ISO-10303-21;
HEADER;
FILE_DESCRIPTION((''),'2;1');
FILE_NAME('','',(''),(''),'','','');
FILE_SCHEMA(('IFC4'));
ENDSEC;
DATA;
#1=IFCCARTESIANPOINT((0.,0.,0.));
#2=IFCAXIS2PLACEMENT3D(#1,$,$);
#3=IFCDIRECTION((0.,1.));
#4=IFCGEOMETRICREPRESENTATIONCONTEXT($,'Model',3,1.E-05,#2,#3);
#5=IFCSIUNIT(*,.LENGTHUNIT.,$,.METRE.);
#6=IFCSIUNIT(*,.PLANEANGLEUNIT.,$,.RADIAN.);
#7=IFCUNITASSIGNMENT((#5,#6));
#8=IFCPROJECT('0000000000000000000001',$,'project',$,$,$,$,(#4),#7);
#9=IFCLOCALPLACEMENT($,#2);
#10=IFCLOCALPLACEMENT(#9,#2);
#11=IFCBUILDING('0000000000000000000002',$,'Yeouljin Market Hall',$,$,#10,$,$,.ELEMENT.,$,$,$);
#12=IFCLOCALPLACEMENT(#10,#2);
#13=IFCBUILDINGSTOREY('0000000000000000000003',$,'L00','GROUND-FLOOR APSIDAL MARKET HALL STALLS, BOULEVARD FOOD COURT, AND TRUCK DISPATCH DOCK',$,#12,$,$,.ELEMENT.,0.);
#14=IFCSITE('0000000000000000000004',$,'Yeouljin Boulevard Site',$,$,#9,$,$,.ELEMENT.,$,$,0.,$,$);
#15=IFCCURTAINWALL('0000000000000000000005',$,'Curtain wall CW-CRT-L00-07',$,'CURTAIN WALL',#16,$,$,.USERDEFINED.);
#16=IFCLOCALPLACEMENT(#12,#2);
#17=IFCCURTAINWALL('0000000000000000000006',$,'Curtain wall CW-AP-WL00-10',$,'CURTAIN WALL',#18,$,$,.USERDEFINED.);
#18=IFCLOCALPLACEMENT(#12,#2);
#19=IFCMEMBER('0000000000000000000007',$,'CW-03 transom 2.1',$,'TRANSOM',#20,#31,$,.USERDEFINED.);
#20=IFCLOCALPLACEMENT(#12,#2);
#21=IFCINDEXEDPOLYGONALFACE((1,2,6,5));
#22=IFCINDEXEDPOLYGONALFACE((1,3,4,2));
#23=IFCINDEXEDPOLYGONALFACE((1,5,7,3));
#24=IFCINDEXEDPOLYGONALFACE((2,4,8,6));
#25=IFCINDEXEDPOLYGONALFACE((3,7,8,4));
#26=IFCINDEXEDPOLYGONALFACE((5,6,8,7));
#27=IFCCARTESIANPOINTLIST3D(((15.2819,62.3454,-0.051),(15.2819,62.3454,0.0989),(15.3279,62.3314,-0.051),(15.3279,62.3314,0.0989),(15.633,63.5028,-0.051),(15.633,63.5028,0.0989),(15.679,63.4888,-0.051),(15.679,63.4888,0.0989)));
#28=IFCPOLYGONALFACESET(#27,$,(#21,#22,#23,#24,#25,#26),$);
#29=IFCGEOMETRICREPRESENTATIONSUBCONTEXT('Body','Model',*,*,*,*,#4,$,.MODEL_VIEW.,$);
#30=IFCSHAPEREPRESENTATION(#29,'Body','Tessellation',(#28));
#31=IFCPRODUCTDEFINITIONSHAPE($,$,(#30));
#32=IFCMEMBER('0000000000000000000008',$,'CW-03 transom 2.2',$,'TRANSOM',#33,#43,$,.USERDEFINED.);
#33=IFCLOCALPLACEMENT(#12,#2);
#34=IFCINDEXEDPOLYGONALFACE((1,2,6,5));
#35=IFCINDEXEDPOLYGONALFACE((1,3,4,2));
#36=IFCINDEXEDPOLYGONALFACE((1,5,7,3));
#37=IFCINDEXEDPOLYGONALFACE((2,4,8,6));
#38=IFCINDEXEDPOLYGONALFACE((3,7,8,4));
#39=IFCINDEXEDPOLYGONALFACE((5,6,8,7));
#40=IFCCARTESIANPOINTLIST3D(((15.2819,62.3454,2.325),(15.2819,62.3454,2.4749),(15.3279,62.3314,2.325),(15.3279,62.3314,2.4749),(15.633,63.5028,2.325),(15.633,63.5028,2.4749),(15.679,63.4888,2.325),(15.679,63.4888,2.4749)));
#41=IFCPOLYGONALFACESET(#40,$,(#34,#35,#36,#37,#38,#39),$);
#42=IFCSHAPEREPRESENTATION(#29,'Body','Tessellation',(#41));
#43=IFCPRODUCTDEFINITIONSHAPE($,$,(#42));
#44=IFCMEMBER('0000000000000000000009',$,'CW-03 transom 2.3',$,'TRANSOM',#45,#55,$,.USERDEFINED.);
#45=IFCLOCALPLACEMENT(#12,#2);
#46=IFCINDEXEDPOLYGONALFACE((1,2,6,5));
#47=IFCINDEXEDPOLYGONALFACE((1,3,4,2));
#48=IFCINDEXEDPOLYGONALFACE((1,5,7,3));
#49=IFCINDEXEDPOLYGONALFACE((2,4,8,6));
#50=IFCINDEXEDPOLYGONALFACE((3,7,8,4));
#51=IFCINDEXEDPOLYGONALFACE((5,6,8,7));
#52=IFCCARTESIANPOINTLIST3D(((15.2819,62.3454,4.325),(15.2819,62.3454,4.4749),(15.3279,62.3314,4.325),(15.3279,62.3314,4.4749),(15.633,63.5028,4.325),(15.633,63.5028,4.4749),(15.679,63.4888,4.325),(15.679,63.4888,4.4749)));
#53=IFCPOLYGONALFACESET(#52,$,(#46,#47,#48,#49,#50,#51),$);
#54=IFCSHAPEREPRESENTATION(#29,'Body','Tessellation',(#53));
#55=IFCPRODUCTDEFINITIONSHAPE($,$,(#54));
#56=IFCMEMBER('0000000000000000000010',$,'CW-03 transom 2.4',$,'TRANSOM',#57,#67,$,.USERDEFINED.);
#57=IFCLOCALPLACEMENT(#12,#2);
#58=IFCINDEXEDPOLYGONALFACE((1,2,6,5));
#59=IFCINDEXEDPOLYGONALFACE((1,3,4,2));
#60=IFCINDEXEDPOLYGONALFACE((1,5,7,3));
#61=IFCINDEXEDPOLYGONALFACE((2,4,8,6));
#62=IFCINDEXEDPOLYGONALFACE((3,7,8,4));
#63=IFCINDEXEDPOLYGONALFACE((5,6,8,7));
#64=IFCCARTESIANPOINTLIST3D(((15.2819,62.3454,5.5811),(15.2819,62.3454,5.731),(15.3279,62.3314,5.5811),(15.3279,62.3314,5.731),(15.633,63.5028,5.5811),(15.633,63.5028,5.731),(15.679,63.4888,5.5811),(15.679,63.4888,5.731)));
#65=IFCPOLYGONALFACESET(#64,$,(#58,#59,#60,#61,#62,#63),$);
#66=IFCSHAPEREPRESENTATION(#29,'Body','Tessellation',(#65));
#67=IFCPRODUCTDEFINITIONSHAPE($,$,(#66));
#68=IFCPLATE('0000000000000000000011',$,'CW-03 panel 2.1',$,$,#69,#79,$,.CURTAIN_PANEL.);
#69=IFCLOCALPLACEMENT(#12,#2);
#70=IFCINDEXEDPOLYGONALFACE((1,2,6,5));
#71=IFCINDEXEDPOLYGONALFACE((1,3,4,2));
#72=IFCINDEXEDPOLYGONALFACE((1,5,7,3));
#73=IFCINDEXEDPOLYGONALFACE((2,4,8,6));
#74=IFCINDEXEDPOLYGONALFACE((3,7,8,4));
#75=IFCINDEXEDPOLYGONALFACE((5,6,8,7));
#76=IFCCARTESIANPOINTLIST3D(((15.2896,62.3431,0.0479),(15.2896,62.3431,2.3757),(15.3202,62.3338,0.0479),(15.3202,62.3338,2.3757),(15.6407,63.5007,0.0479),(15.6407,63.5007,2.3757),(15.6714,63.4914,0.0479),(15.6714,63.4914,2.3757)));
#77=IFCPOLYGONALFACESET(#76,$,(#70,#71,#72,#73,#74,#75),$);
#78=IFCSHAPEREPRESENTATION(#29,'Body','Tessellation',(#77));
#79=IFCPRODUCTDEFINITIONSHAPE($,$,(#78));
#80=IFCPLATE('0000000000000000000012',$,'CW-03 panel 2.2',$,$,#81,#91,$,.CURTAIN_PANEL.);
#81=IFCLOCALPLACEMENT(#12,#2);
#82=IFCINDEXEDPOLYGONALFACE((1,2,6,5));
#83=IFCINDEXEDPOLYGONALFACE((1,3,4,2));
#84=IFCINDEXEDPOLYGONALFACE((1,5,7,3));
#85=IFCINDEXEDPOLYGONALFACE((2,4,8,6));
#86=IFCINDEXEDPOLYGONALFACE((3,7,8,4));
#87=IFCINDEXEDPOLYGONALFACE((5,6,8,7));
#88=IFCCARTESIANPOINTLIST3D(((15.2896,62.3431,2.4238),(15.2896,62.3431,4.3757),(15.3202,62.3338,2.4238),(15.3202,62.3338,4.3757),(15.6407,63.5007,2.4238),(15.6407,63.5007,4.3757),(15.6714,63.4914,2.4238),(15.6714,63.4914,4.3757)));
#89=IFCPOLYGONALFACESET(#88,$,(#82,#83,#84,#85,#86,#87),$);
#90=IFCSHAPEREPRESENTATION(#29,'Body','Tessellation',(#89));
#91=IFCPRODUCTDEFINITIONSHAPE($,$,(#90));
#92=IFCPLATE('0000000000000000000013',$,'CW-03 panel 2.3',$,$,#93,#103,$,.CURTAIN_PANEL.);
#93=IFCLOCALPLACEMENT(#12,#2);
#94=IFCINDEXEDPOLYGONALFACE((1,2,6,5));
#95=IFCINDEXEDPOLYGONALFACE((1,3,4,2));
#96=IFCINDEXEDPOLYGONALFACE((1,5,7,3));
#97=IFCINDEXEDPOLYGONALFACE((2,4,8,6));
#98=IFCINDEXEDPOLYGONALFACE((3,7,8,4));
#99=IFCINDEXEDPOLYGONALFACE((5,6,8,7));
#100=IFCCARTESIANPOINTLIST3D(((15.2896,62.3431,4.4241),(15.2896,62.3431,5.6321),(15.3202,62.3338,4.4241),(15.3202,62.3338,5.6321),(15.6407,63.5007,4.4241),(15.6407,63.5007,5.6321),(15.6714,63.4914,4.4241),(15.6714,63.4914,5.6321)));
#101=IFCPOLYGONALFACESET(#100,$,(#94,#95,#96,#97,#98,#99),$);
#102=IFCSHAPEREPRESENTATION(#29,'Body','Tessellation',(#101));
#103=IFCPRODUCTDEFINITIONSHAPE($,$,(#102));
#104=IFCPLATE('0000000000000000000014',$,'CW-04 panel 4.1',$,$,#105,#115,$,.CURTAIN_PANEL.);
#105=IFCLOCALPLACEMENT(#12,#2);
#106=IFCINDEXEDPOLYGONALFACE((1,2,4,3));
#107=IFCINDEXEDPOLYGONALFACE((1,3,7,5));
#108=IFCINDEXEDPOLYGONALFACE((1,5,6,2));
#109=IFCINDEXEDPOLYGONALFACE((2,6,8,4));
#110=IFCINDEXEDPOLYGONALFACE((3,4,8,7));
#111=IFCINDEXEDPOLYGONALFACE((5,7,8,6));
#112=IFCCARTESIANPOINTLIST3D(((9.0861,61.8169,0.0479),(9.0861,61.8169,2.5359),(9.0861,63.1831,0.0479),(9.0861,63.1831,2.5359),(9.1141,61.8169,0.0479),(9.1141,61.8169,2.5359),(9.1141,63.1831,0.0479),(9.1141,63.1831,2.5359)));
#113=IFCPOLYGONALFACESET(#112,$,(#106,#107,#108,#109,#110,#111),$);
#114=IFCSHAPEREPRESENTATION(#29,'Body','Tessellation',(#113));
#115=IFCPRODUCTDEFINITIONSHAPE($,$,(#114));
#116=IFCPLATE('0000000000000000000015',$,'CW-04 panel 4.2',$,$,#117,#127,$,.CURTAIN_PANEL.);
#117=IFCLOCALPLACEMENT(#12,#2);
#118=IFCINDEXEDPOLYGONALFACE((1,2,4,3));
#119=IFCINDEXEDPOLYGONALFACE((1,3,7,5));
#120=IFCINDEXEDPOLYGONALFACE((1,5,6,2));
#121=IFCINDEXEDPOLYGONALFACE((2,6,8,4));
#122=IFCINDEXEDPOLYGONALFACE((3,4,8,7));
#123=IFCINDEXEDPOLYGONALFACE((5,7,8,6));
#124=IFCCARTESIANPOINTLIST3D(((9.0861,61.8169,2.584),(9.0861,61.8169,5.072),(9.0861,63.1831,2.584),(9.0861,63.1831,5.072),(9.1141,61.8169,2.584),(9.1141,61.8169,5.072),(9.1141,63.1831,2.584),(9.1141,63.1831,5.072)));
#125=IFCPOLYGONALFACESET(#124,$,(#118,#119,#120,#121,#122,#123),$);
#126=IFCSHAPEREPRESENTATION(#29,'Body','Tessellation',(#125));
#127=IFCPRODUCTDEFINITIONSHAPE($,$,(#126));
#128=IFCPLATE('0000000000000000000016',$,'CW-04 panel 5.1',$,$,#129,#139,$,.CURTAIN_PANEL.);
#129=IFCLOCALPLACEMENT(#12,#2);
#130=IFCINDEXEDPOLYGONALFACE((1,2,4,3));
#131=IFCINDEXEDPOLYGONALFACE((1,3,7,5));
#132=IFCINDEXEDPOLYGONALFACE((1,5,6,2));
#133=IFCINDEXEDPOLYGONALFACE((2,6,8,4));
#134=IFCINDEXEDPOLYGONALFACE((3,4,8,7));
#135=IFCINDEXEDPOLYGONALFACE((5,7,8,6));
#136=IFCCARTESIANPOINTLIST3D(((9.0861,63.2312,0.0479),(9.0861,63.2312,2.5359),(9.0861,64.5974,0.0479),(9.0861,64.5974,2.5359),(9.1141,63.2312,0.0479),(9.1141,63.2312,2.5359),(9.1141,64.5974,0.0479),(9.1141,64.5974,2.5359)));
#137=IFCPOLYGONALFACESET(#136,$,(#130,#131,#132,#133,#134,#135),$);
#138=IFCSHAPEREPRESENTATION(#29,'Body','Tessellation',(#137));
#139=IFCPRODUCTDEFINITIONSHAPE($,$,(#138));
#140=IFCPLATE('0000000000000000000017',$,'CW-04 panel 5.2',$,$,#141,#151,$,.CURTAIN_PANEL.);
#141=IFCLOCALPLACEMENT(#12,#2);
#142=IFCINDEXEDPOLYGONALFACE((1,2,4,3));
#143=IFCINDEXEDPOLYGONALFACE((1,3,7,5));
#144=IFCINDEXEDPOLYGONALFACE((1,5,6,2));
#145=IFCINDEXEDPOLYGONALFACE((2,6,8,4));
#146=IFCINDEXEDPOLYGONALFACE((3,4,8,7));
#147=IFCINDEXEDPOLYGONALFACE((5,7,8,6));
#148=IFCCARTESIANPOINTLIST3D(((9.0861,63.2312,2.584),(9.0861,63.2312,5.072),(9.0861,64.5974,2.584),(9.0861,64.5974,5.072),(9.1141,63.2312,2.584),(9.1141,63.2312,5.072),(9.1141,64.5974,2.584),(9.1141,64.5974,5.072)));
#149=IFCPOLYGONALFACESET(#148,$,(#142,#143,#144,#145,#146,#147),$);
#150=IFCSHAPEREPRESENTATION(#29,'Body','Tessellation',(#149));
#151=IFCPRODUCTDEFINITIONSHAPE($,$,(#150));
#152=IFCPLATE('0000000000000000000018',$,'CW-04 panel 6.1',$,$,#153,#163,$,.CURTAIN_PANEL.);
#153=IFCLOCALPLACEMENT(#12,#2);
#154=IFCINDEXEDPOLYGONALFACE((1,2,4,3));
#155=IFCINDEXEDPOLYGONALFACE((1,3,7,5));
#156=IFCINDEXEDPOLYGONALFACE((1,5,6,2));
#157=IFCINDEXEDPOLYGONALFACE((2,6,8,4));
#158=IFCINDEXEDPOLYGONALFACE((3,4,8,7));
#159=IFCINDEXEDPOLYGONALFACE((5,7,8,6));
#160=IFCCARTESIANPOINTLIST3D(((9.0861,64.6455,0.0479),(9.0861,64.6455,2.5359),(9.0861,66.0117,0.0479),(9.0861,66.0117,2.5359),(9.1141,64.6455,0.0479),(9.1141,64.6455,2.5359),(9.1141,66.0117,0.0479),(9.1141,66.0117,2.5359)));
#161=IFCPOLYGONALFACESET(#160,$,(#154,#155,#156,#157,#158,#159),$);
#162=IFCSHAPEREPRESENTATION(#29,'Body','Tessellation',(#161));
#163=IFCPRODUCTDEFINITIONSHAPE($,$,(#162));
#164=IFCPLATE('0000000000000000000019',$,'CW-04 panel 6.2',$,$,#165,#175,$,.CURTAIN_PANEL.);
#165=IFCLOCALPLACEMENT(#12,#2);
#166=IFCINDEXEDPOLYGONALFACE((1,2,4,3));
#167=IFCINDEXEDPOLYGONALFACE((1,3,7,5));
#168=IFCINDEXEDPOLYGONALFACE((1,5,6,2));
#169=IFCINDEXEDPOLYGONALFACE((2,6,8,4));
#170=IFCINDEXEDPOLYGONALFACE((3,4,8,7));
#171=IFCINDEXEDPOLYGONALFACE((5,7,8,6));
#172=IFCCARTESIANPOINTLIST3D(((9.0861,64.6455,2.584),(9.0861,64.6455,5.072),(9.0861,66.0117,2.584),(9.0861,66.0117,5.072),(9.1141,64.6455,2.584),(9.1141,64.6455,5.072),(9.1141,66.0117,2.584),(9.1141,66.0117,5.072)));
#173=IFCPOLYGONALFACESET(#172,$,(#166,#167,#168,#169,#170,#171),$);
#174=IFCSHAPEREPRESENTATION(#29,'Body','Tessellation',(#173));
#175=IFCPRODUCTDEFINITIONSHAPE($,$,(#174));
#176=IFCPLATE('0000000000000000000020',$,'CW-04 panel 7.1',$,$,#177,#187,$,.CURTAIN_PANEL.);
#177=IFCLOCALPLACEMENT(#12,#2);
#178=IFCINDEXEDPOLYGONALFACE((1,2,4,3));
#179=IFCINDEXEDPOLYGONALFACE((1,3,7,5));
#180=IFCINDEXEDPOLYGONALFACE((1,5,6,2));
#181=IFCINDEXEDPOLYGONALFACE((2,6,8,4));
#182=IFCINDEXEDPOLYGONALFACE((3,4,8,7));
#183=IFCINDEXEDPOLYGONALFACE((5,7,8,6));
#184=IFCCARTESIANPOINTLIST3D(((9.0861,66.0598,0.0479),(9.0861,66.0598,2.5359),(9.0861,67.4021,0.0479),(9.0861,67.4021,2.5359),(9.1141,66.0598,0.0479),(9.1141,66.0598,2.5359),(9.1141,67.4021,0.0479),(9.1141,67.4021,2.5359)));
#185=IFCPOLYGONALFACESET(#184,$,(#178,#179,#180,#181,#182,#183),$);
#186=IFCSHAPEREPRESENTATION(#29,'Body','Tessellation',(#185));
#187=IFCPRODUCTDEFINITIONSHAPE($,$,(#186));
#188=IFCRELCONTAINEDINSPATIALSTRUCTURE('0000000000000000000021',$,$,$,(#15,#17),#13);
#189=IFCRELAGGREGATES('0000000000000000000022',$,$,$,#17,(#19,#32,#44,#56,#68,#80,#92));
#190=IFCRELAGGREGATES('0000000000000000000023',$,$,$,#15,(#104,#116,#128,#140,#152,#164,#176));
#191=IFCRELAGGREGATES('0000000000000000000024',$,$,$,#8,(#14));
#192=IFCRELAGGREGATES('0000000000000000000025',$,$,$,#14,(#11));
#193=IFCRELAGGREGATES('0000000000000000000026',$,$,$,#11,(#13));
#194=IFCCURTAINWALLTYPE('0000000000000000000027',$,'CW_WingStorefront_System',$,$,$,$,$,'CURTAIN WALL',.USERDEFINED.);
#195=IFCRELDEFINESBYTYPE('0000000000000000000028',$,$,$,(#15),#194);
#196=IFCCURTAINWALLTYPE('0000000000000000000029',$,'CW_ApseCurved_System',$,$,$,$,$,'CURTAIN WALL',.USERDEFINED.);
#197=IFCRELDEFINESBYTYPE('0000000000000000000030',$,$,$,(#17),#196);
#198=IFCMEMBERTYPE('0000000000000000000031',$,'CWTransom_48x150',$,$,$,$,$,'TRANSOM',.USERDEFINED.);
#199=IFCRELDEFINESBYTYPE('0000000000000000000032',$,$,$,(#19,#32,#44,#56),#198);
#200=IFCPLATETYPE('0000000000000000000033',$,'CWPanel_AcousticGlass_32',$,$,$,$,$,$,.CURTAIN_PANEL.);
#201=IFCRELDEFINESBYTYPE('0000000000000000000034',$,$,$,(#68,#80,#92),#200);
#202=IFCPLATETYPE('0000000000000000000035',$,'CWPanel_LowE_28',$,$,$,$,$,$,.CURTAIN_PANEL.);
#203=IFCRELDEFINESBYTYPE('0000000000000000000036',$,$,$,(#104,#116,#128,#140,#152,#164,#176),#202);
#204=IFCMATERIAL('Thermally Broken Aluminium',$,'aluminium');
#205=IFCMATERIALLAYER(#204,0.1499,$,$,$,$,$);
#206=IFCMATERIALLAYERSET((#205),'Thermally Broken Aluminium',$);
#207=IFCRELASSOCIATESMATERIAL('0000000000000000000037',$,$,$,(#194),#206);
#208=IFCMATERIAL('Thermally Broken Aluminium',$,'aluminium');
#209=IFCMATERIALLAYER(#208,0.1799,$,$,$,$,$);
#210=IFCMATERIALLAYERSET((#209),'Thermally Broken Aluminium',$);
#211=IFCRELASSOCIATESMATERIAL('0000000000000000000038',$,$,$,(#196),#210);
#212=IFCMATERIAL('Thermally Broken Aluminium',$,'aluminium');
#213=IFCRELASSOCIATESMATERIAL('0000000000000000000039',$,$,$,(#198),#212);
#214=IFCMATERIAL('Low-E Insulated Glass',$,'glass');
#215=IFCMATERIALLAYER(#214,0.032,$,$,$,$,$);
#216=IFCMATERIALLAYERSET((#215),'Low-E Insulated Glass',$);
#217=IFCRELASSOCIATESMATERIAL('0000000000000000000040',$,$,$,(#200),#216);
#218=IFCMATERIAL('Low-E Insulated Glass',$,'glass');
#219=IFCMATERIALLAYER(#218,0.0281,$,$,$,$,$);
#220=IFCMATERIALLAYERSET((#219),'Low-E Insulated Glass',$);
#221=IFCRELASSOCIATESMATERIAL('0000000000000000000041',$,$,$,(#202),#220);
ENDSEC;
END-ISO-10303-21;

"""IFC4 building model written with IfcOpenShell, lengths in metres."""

from ifc_helpers import new_model, si_unit, direction, frame, origin, origin_2d, place, context, subcontext, project, spatial, rectangle, extrude, material, layer, layer_set, material_profile, profile_set, type_object, element, aggregate, save


model = new_model("IFC4")

# Units and contexts
model_context = context("Model", 3, precision=1e-05, world=origin(), true_north=direction((0.0, 1.0)))
body_context = subcontext(model_context, "Body", "Model", "MODEL_VIEW")
ifc_project = project(units=[si_unit("LENGTHUNIT", "METRE"), si_unit("PLANEANGLEUNIT", "RADIAN")], contexts=[model_context])

# Site, building, storey
site_placement = place(None, origin())
site = spatial("IfcSite", under=ifc_project, at=site_placement, Name="Yeouljin Boulevard Site", CompositionType="ELEMENT", RefElevation=0.0)
building_placement = place(site_placement, origin())
building = spatial("IfcBuilding", under=site, at=building_placement, Name="Yeouljin Market Hall", CompositionType="ELEMENT")
storey_placement = place(building_placement, origin())
storey = spatial("IfcBuildingStorey", under=building, at=storey_placement, Name="L00", Description="GROUND-FLOOR APSIDAL MARKET HALL STALLS, BOULEVARD FOOD COURT, AND TRUCK DISPATCH DOCK", CompositionType="ELEMENT", Elevation=0.0)

# Curtain wall
ifc_material_1 = material(Name="Thermally Broken Aluminium", Category="aluminium")
ifc_layer_1 = layer(ifc_material_1, 0.1499)
ifc_layer_set_1 = layer_set([ifc_layer_1], Name="Thermally Broken Aluminium")
curtain_wall_type_1 = type_object("IfcCurtainWallType", Name="CW_WingStorefront_System", ElementType="CURTAIN WALL", PredefinedType="USERDEFINED", material=ifc_layer_set_1)
curtain_wall_1_placement = place(storey_placement, origin())
curtain_wall_1 = element("IfcCurtainWall", 1, at=curtain_wall_1_placement, inside=storey, type_object=curtain_wall_type_1, Name="Curtain wall CW-CRT-L00-07", ObjectType="CURTAIN WALL", PredefinedType="USERDEFINED")

# Curtain wall
ifc_material_2 = material(Name="Thermally Broken Aluminium", Category="aluminium")
ifc_layer_2 = layer(ifc_material_2, 0.1799)
ifc_layer_set_2 = layer_set([ifc_layer_2], Name="Thermally Broken Aluminium")
curtain_wall_type_2 = type_object("IfcCurtainWallType", Name="CW_ApseCurved_System", ElementType="CURTAIN WALL", PredefinedType="USERDEFINED", material=ifc_layer_set_2)
curtain_wall_2_placement = place(storey_placement, origin())
curtain_wall_2 = element("IfcCurtainWall", 2, at=curtain_wall_2_placement, inside=storey, type_object=curtain_wall_type_2, Name="Curtain wall CW-AP-WL00-10", ObjectType="CURTAIN WALL", PredefinedType="USERDEFINED")

# Members
ifc_material_3 = material(Name="Thermally Broken Aluminium", Category="aluminium")
ifc_material_profile_1 = material_profile(ifc_material_3, rectangle(XDim=0.0481, YDim=0.1499, at=origin_2d()), Name="CW-TRAN-48x150")
ifc_profile_set_1 = profile_set([ifc_material_profile_1], Name="Thermally Broken Aluminium")
member_type_1 = type_object("IfcMemberType", Name="CWTransom_48x150", ElementType="TRANSOM", PredefinedType="USERDEFINED", material=ifc_profile_set_1)
member_1_placement = place(storey_placement, frame((15.3049, 62.3384, 0.0239), z_axis=(0.290254, 0.95695, 0.0), x_axis=(-0.95695, 0.290254, 0.0)))
member_1 = element("IfcMember", 3, at=member_1_placement, type_object=member_type_1, Name="CW-03 transom 2.1", ObjectType="TRANSOM", PredefinedType="USERDEFINED", context=body_context, shape_type="SweptSolid", body=[
    extrude(rectangle(XDim=0.0481, YDim=0.1499, at=origin_2d()), origin(), (0.0, 0.0, 1.0), 1.2095),
])
member_2_placement = place(storey_placement, frame((15.3049, 62.3384, 2.3999), z_axis=(0.290254, 0.95695, 0.0), x_axis=(-0.95695, 0.290254, 0.0)))
member_2 = element("IfcMember", 4, at=member_2_placement, type_object=member_type_1, Name="CW-03 transom 2.2", ObjectType="TRANSOM", PredefinedType="USERDEFINED", context=body_context, shape_type="SweptSolid", body=[
    extrude(rectangle(XDim=0.0481, YDim=0.1499, at=origin_2d()), origin(), (0.0, 0.0, 1.0), 1.2095),
])
member_3_placement = place(storey_placement, frame((15.3049, 62.3384, 4.3999), z_axis=(0.290254, 0.95695, 0.0), x_axis=(-0.95695, 0.290254, 0.0)))
member_3 = element("IfcMember", 5, at=member_3_placement, type_object=member_type_1, Name="CW-03 transom 2.3", ObjectType="TRANSOM", PredefinedType="USERDEFINED", context=body_context, shape_type="SweptSolid", body=[
    extrude(rectangle(XDim=0.0481, YDim=0.1499, at=origin_2d()), origin(), (0.0, 0.0, 1.0), 1.2095),
])
member_4_placement = place(storey_placement, frame((15.3049, 62.3384, 5.656), z_axis=(0.290254, 0.95695, 0.0), x_axis=(-0.95695, 0.290254, 0.0)))
member_4 = element("IfcMember", 6, at=member_4_placement, type_object=member_type_1, Name="CW-03 transom 2.4", ObjectType="TRANSOM", PredefinedType="USERDEFINED", context=body_context, shape_type="SweptSolid", body=[
    extrude(rectangle(XDim=0.0481, YDim=0.1499, at=origin_2d()), origin(), (0.0, 0.0, 1.0), 1.2095),
])

# Plates
ifc_material_4 = material(Name="Low-E Insulated Glass", Category="glass")
ifc_layer_3 = layer(ifc_material_4, 0.032)
ifc_layer_set_3 = layer_set([ifc_layer_3], Name="Low-E Insulated Glass")
plate_type_1 = type_object("IfcPlateType", Name="CWPanel_AcousticGlass_32", PredefinedType="CURTAIN_PANEL", material=ifc_layer_set_3)
plate_1_placement = place(storey_placement, frame((15.4805, 62.9172, 0.0479), z_axis=(0.0, 0.0, 1.0), x_axis=(0.290286, 0.95694, 0.0)))
plate_1 = element("IfcPlate", 7, at=plate_1_placement, type_object=plate_type_1, Name="CW-03 panel 2.1", PredefinedType="CURTAIN_PANEL", context=body_context, shape_type="SweptSolid", body=[
    extrude(rectangle(XDim=1.2097, YDim=0.032, at=origin_2d()), origin(), (0.0, 0.0, 1.0), 2.3279),
])
plate_2_placement = place(storey_placement, frame((15.4805, 62.9172, 2.4238), z_axis=(0.0, 0.0, 1.0), x_axis=(0.290286, 0.95694, 0.0)))
plate_2 = element("IfcPlate", 8, at=plate_2_placement, type_object=plate_type_1, Name="CW-03 panel 2.2", PredefinedType="CURTAIN_PANEL", context=body_context, shape_type="SweptSolid", body=[
    extrude(rectangle(XDim=1.2097, YDim=0.032, at=origin_2d()), origin(), (0.0, 0.0, 1.0), 1.9519),
])
plate_3_placement = place(storey_placement, frame((15.4805, 62.9172, 4.4241), z_axis=(0.0, 0.0, 1.0), x_axis=(0.290286, 0.95694, 0.0)))
plate_3 = element("IfcPlate", 9, at=plate_3_placement, type_object=plate_type_1, Name="CW-03 panel 2.3", PredefinedType="CURTAIN_PANEL", context=body_context, shape_type="SweptSolid", body=[
    extrude(rectangle(XDim=1.2097, YDim=0.032, at=origin_2d()), origin(), (0.0, 0.0, 1.0), 1.208),
])
aggregate(curtain_wall_2, [member_1, member_2, member_3, member_4, plate_1, plate_2, plate_3])
ifc_material_5 = material(Name="Low-E Insulated Glass", Category="glass")
ifc_layer_4 = layer(ifc_material_5, 0.0281)
ifc_layer_set_4 = layer_set([ifc_layer_4], Name="Low-E Insulated Glass")
plate_type_2 = type_object("IfcPlateType", Name="CWPanel_LowE_28", PredefinedType="CURTAIN_PANEL", material=ifc_layer_set_4)
plate_4_placement = place(storey_placement, frame((9.1001, 62.5, 0.0479), z_axis=(0.0, 0.0, 1.0), x_axis=(0.0, 1.0, 0.0)))
plate_4 = element("IfcPlate", 10, at=plate_4_placement, type_object=plate_type_2, Name="CW-04 panel 4.1", PredefinedType="CURTAIN_PANEL", context=body_context, shape_type="SweptSolid", body=[
    extrude(rectangle(XDim=1.3662, YDim=0.0281, at=origin_2d()), origin(), (0.0, 0.0, 1.0), 2.488),
])
plate_5_placement = place(storey_placement, frame((9.1001, 62.5, 2.584), z_axis=(0.0, 0.0, 1.0), x_axis=(0.0, 1.0, 0.0)))
plate_5 = element("IfcPlate", 11, at=plate_5_placement, type_object=plate_type_2, Name="CW-04 panel 4.2", PredefinedType="CURTAIN_PANEL", context=body_context, shape_type="SweptSolid", body=[
    extrude(rectangle(XDim=1.3662, YDim=0.0281, at=origin_2d()), origin(), (0.0, 0.0, 1.0), 2.488),
])
plate_6_placement = place(storey_placement, frame((9.1001, 63.9143, 0.0479), z_axis=(0.0, 0.0, 1.0), x_axis=(0.0, 1.0, 0.0)))
plate_6 = element("IfcPlate", 12, at=plate_6_placement, type_object=plate_type_2, Name="CW-04 panel 5.1", PredefinedType="CURTAIN_PANEL", context=body_context, shape_type="SweptSolid", body=[
    extrude(rectangle(XDim=1.3662, YDim=0.0281, at=origin_2d()), origin(), (0.0, 0.0, 1.0), 2.488),
])
plate_7_placement = place(storey_placement, frame((9.1001, 63.9143, 2.584), z_axis=(0.0, 0.0, 1.0), x_axis=(0.0, 1.0, 0.0)))
plate_7 = element("IfcPlate", 13, at=plate_7_placement, type_object=plate_type_2, Name="CW-04 panel 5.2", PredefinedType="CURTAIN_PANEL", context=body_context, shape_type="SweptSolid", body=[
    extrude(rectangle(XDim=1.3662, YDim=0.0281, at=origin_2d()), origin(), (0.0, 0.0, 1.0), 2.488),
])
plate_8_placement = place(storey_placement, frame((9.1001, 65.3286, 0.0479), z_axis=(0.0, 0.0, 1.0), x_axis=(0.0, 1.0, 0.0)))
plate_8 = element("IfcPlate", 14, at=plate_8_placement, type_object=plate_type_2, Name="CW-04 panel 6.1", PredefinedType="CURTAIN_PANEL", context=body_context, shape_type="SweptSolid", body=[
    extrude(rectangle(XDim=1.3662, YDim=0.0281, at=origin_2d()), origin(), (0.0, 0.0, 1.0), 2.488),
])
plate_9_placement = place(storey_placement, frame((9.1001, 65.3286, 2.584), z_axis=(0.0, 0.0, 1.0), x_axis=(0.0, 1.0, 0.0)))
plate_9 = element("IfcPlate", 15, at=plate_9_placement, type_object=plate_type_2, Name="CW-04 panel 6.2", PredefinedType="CURTAIN_PANEL", context=body_context, shape_type="SweptSolid", body=[
    extrude(rectangle(XDim=1.3662, YDim=0.0281, at=origin_2d()), origin(), (0.0, 0.0, 1.0), 2.488),
])
plate_10_placement = place(storey_placement, frame((9.1001, 66.731, 0.0479), z_axis=(0.0, 0.0, 1.0), x_axis=(0.0, 1.0, 0.0)))
plate_10 = element("IfcPlate", 16, at=plate_10_placement, type_object=plate_type_2, Name="CW-04 panel 7.1", PredefinedType="CURTAIN_PANEL", context=body_context, shape_type="SweptSolid", body=[
    extrude(rectangle(XDim=1.3423, YDim=0.0281, at=origin_2d()), origin(), (0.0, 0.0, 1.0), 2.488),
])
aggregate(curtain_wall_1, [plate_4, plate_5, plate_6, plate_7, plate_8, plate_9, plate_10])

save(model, "model.ifc")
